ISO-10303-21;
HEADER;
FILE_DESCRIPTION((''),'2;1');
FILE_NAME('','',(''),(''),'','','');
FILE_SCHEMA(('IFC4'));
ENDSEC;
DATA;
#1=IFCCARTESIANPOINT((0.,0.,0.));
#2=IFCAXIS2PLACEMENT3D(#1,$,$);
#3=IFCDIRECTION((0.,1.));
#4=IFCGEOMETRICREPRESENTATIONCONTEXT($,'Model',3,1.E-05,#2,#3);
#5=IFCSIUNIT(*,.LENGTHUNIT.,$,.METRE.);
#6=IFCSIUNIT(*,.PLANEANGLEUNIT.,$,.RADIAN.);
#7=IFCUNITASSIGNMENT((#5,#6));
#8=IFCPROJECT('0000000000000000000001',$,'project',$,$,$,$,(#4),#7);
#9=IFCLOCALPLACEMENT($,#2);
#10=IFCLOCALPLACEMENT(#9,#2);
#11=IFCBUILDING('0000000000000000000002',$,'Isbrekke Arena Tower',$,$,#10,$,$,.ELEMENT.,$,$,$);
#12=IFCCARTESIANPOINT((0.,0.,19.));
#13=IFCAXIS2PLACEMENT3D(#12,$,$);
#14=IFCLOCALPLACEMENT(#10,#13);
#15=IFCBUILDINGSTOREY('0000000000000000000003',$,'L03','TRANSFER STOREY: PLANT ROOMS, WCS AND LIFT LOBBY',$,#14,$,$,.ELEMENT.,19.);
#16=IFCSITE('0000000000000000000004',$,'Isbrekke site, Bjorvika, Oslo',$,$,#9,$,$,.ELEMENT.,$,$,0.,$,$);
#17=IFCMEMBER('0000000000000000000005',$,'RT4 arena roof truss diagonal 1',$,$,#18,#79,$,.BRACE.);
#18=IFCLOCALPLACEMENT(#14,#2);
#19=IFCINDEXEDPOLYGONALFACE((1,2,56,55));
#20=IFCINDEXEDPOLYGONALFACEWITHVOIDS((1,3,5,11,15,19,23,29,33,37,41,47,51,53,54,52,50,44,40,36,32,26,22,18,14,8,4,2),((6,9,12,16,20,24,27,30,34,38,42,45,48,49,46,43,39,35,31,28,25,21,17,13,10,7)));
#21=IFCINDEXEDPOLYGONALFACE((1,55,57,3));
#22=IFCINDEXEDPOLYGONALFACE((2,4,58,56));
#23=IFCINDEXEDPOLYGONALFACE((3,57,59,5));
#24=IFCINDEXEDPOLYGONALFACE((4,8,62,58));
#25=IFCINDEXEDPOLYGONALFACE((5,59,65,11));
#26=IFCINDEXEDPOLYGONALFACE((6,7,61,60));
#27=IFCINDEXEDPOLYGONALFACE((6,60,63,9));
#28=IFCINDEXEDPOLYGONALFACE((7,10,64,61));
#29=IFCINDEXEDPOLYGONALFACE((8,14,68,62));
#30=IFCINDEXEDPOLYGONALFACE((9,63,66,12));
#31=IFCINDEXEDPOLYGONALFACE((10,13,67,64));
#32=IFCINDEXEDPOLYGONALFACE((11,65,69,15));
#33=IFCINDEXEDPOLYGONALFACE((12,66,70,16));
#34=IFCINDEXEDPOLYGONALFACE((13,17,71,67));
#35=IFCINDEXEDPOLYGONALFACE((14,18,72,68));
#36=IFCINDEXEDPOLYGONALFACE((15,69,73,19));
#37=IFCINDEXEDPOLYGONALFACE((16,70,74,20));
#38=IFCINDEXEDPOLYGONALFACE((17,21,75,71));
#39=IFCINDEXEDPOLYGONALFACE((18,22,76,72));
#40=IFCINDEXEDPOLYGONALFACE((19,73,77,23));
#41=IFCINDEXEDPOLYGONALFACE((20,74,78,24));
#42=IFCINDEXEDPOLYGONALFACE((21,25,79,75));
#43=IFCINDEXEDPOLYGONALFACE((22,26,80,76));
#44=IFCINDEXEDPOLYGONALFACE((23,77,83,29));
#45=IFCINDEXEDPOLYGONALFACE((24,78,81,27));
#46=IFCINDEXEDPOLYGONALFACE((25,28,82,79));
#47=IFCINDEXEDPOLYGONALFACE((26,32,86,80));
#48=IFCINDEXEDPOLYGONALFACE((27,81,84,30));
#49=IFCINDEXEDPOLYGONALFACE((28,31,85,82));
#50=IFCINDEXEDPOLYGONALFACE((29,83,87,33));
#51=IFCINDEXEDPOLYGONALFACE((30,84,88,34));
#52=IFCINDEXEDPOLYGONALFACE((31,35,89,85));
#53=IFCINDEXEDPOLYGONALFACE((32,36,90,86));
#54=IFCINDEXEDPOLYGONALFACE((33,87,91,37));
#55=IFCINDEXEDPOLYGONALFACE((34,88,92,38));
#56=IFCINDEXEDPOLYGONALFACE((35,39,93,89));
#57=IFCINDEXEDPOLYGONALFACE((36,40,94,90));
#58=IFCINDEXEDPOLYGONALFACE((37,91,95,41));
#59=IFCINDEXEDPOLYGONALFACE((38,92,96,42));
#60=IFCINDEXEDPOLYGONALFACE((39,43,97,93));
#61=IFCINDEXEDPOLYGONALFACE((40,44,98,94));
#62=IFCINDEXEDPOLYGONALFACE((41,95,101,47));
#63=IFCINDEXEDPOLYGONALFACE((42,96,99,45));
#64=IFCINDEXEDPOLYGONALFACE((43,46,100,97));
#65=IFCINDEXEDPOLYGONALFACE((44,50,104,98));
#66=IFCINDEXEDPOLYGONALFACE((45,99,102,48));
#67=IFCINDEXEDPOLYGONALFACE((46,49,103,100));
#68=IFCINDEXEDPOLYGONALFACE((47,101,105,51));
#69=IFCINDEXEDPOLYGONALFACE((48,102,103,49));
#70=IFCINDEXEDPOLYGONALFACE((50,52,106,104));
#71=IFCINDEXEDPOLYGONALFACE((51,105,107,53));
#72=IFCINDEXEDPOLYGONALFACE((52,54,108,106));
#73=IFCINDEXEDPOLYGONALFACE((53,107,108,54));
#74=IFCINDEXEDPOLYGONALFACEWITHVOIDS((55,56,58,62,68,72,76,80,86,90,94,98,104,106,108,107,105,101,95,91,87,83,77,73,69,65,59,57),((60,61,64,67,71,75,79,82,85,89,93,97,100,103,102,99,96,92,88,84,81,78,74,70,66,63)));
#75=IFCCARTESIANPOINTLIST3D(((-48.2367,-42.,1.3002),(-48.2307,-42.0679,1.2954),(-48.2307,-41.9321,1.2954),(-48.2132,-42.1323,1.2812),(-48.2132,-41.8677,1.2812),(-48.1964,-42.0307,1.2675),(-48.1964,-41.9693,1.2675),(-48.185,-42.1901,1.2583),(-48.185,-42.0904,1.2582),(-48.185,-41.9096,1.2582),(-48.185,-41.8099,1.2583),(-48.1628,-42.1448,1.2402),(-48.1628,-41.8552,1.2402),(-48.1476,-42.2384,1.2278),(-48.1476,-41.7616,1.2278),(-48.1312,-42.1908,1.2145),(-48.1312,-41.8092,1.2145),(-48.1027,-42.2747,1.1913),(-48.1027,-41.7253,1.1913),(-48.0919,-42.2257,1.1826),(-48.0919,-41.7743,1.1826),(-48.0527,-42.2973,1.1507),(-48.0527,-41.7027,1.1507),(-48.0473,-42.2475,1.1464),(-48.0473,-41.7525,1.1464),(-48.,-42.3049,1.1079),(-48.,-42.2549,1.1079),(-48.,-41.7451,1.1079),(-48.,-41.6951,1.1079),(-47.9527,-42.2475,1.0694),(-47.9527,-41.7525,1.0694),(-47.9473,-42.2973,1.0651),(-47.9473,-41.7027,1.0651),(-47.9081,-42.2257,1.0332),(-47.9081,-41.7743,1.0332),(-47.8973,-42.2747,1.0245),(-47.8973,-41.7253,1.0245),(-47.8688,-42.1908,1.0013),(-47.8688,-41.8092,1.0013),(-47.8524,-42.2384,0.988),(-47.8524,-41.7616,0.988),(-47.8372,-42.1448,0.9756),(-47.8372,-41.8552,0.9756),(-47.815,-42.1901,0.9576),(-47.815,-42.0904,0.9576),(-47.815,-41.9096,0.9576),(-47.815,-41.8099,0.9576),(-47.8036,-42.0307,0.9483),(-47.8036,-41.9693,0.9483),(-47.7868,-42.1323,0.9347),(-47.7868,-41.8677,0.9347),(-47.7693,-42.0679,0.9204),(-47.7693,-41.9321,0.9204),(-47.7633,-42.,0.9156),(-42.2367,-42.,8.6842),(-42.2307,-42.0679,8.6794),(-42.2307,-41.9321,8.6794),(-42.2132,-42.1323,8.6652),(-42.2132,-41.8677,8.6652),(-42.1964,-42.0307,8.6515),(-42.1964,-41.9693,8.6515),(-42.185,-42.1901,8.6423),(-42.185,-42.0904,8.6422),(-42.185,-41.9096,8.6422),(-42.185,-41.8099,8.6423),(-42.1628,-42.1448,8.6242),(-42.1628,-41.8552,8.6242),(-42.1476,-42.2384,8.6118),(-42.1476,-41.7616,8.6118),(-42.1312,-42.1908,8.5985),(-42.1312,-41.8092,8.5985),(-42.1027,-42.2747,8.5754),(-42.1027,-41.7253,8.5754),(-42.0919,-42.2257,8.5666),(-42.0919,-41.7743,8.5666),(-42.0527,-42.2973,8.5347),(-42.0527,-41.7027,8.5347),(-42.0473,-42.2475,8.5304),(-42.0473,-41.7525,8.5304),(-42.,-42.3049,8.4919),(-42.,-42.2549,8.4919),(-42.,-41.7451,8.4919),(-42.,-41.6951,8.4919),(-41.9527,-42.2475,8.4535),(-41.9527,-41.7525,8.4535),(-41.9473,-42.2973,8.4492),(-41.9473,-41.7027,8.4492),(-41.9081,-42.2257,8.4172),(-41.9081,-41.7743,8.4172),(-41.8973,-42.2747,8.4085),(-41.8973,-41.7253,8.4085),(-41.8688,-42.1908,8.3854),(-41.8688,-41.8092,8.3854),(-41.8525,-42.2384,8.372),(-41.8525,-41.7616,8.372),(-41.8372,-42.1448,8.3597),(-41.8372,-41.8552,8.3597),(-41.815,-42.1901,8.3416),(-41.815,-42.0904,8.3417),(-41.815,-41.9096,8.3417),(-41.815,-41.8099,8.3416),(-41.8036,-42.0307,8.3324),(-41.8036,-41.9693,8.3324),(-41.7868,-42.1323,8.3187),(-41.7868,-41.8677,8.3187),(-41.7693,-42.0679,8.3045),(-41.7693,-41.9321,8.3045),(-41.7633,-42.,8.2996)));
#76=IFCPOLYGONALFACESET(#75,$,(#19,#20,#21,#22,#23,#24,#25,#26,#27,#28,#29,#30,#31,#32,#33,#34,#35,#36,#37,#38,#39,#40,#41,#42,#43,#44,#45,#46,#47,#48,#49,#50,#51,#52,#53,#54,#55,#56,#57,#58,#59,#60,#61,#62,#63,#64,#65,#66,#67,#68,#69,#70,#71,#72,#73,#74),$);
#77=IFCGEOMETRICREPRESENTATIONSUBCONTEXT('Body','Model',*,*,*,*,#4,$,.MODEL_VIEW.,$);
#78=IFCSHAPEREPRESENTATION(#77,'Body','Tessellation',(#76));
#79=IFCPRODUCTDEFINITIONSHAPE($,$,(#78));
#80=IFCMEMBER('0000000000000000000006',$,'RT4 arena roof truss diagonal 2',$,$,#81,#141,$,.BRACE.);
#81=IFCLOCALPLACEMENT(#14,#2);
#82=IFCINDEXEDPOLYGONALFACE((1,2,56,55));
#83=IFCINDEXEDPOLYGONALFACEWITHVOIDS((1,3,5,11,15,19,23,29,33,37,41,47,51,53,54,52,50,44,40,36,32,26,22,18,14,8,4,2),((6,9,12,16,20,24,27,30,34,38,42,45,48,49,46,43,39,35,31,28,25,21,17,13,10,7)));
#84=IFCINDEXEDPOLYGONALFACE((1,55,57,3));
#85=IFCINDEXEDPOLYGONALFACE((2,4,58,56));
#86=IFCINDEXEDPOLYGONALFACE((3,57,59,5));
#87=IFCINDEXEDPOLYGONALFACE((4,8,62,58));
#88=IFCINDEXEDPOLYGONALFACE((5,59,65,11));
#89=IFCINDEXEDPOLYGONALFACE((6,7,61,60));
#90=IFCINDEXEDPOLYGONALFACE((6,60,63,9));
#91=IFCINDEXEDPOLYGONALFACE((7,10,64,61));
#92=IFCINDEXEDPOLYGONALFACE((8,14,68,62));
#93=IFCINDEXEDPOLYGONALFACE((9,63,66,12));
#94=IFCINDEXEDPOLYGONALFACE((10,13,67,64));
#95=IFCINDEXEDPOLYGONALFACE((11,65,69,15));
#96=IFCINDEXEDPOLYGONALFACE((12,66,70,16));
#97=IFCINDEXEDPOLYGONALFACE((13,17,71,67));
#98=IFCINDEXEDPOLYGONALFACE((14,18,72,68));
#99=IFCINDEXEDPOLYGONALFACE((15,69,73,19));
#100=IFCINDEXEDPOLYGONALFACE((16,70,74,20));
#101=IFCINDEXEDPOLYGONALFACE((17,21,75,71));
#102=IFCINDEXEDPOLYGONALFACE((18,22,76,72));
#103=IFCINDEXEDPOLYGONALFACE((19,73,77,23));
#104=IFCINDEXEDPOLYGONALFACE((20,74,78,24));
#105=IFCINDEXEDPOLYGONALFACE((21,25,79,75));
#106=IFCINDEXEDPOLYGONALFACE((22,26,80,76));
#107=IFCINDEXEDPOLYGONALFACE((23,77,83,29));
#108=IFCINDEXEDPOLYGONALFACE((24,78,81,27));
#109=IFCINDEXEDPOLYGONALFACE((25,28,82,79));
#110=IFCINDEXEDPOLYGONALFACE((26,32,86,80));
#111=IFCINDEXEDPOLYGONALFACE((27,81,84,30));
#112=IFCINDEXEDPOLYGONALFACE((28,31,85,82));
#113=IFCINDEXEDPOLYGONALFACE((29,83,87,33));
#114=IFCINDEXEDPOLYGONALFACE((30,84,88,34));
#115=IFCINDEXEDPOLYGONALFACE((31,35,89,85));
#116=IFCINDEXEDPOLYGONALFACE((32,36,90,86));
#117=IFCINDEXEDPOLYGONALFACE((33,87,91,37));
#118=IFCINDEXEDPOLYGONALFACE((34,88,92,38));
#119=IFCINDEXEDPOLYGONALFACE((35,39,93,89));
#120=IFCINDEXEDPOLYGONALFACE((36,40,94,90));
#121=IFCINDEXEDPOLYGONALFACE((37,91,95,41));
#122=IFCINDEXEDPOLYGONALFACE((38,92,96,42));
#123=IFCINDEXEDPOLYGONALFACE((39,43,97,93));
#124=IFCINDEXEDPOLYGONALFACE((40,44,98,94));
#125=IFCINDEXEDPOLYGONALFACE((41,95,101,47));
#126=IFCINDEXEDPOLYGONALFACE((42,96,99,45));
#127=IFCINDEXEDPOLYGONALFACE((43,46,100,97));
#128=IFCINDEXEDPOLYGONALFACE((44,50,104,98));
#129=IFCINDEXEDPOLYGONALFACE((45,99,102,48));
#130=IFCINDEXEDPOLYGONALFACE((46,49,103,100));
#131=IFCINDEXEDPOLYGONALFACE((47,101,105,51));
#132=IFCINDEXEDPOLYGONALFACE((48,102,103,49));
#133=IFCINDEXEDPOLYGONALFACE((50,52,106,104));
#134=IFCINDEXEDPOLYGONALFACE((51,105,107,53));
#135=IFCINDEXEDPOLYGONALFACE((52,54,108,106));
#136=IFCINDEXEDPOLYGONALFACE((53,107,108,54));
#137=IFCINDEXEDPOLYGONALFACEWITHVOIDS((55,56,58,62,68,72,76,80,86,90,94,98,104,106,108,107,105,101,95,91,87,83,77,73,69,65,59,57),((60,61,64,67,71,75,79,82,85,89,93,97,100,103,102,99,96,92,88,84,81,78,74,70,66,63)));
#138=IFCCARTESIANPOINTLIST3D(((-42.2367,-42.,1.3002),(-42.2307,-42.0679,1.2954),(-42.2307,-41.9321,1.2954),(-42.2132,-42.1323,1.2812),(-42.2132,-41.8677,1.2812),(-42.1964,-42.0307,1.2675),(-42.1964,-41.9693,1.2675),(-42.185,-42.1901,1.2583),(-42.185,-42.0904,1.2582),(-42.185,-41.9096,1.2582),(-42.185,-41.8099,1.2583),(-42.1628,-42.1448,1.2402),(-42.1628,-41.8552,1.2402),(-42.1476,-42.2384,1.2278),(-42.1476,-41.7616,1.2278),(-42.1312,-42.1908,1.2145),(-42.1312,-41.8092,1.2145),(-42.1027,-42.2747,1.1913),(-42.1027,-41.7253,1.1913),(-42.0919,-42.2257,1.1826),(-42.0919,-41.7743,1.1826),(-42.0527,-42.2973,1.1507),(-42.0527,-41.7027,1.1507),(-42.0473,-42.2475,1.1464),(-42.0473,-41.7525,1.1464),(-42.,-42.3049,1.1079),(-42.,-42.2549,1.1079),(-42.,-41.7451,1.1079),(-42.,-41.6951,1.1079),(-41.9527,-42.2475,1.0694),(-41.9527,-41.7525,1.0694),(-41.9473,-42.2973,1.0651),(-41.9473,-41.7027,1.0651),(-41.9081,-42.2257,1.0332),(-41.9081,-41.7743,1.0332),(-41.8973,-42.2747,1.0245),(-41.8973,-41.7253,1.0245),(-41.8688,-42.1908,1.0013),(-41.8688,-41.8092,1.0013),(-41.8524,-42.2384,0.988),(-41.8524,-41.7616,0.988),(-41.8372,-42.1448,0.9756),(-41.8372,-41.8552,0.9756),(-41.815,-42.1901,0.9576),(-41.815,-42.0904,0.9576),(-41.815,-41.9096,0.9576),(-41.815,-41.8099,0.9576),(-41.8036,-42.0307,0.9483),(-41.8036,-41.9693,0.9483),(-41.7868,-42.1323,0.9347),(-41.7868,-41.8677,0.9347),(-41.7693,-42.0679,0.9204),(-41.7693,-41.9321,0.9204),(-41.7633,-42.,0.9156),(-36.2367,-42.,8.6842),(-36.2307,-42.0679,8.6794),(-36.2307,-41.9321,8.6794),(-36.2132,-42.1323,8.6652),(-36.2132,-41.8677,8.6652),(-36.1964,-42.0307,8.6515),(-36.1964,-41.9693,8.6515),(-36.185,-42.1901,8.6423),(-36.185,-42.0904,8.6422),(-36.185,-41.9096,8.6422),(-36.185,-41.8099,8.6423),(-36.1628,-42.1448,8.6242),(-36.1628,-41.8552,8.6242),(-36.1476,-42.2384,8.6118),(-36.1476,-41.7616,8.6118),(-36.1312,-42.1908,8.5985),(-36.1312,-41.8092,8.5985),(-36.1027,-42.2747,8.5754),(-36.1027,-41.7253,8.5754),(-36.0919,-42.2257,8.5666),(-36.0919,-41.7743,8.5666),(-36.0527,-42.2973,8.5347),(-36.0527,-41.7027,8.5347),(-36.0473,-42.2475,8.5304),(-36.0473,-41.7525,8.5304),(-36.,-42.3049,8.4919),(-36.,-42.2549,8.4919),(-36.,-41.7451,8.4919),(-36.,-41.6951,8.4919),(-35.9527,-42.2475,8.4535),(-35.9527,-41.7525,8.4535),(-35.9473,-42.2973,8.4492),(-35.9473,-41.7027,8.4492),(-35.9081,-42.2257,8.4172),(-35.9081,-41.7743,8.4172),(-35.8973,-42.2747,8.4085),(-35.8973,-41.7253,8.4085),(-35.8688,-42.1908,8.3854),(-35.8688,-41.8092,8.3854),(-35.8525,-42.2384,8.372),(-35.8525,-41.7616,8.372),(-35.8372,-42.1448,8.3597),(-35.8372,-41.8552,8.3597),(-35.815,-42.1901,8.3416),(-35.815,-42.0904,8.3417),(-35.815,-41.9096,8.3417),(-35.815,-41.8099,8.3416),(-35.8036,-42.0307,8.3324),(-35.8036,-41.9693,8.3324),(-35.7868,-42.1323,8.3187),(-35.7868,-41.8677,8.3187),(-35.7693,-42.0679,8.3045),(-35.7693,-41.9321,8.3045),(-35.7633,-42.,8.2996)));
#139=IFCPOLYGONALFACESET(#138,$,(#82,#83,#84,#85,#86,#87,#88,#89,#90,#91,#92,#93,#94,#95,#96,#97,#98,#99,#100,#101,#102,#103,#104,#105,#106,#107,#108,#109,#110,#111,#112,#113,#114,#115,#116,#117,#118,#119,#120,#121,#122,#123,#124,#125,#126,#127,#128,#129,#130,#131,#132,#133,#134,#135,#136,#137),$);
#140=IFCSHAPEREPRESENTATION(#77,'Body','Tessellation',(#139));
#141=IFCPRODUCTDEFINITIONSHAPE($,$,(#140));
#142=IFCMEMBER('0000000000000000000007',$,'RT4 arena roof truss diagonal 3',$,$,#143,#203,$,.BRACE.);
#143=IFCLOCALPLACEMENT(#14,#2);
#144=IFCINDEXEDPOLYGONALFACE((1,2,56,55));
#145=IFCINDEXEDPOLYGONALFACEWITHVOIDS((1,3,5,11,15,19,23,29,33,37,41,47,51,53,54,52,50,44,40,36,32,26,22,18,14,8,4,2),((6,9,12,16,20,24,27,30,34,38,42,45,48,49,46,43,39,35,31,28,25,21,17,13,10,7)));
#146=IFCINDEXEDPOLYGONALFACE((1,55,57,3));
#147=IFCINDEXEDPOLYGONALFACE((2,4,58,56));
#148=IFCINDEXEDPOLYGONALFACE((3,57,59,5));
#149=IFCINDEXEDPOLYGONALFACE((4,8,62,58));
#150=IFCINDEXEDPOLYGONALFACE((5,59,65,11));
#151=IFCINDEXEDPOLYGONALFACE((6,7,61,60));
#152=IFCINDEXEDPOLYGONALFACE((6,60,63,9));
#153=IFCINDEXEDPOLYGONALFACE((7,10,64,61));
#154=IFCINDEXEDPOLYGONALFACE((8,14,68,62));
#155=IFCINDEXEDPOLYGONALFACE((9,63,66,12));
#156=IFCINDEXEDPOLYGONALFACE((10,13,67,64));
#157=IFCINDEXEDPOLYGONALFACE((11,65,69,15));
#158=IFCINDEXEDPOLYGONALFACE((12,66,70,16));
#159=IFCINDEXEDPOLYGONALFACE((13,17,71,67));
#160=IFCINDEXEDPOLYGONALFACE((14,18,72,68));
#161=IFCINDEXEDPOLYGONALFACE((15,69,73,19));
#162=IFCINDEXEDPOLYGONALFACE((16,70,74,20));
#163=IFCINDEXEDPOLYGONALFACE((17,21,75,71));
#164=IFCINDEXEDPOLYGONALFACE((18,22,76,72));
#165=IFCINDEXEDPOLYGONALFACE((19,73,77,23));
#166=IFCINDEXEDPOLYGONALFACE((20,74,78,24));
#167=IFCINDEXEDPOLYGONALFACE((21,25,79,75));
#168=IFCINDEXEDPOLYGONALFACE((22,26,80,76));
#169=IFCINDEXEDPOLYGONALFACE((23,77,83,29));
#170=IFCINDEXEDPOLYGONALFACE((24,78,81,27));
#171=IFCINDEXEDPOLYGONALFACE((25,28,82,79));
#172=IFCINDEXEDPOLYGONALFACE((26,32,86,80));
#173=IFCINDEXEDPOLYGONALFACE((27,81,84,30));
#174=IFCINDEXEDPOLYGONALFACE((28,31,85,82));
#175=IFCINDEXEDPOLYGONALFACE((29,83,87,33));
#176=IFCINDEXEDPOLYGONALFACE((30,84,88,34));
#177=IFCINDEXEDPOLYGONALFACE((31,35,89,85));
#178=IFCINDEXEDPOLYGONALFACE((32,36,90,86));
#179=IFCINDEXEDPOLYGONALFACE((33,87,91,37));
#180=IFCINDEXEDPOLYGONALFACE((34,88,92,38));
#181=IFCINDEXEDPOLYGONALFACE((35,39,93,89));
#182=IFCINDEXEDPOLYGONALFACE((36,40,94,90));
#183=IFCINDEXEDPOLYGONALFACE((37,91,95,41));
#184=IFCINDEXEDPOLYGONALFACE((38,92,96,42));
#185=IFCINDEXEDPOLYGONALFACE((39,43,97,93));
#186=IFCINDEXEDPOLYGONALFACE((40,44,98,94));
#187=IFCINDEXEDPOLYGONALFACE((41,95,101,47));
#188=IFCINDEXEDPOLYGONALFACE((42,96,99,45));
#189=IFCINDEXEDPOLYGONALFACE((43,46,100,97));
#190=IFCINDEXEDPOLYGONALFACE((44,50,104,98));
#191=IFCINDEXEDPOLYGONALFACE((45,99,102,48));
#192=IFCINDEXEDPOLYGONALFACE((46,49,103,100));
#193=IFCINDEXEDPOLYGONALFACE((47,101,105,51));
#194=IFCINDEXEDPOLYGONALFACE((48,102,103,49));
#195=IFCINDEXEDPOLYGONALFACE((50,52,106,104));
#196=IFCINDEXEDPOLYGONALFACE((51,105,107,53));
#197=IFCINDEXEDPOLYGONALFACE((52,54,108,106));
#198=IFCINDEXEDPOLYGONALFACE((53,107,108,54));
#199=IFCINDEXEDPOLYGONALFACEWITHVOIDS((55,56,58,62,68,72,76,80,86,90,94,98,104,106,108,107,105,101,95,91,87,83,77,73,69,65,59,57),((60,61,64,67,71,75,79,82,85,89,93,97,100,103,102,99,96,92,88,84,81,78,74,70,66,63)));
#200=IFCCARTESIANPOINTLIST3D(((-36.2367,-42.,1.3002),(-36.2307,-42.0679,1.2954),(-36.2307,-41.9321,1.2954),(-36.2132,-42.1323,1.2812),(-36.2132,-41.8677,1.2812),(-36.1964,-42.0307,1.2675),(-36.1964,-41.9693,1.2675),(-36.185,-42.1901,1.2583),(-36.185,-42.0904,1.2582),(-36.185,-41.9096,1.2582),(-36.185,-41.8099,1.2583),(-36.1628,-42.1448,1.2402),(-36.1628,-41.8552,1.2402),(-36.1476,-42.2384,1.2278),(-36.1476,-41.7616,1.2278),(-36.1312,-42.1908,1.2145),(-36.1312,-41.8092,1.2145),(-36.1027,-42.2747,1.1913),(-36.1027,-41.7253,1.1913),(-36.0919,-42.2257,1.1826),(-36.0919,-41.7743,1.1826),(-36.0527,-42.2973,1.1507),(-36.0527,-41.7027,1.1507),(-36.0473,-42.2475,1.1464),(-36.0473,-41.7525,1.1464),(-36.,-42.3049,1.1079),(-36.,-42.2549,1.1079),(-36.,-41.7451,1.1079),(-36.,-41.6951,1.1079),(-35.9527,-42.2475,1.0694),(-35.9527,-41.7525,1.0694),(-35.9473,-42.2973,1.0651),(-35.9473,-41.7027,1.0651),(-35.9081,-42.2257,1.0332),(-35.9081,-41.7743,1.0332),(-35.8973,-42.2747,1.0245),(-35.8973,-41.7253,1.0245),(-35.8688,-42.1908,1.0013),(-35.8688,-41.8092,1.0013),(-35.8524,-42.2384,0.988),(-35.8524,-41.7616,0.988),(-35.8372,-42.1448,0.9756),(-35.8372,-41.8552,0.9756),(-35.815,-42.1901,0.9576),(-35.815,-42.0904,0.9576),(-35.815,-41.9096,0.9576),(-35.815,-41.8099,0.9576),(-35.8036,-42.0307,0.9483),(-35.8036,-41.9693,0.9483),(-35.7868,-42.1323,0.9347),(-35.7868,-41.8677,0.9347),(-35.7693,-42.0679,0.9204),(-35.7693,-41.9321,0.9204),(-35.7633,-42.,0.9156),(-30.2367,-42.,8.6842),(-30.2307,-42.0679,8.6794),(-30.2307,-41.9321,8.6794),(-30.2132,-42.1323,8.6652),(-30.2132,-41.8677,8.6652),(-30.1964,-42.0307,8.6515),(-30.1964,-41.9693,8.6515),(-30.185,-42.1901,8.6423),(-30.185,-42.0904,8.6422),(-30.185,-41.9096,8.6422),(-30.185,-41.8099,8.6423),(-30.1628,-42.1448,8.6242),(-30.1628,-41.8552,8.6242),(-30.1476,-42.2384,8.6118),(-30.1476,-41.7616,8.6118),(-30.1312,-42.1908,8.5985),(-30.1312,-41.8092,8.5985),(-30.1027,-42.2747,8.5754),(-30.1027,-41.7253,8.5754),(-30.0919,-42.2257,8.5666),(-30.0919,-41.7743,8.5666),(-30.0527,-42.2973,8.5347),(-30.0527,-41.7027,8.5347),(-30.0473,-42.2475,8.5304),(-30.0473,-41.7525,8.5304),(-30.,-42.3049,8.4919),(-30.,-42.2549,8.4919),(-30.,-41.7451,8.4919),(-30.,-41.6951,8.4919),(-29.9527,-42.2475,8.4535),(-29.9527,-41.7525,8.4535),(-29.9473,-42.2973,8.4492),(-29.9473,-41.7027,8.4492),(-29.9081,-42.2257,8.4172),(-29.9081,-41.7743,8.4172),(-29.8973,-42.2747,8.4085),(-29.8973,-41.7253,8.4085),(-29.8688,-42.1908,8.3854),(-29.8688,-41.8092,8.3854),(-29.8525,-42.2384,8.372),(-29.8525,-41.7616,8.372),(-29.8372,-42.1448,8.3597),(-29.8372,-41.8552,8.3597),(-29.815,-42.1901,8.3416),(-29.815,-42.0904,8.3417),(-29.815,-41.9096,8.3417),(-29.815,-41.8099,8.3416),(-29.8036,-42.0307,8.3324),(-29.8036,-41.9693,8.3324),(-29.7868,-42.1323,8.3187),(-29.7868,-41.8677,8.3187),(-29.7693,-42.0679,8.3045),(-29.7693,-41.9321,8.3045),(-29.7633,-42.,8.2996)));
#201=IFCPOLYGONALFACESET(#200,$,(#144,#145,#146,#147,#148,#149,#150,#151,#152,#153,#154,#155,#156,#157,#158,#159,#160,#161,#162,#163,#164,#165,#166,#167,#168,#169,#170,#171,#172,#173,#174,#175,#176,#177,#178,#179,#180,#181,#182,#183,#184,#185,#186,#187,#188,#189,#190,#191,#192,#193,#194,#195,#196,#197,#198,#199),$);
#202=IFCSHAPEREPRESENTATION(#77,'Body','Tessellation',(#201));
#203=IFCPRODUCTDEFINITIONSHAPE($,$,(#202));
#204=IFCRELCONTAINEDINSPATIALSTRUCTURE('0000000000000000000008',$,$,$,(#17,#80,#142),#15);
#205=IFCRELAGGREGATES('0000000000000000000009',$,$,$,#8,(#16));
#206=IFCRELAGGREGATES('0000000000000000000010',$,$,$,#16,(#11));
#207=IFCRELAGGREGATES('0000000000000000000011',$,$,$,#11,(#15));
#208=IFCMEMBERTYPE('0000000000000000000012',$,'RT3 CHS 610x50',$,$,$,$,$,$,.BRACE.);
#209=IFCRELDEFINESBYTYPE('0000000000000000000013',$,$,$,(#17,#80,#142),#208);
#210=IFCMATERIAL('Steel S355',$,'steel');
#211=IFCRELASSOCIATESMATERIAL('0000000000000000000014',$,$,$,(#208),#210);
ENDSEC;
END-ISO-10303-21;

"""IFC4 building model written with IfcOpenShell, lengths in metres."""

from ifc_helpers import new_model, si_unit, direction, frame, origin, origin_2d, place, context, subcontext, project, spatial, hollow_circle, extrude, material, material_profile, profile_set, type_object, element, save


model = new_model("IFC4")

# Units and contexts
model_context = context("Model", 3, precision=1e-05, world=origin(), true_north=direction((0.0, 1.0)))
body_context = subcontext(model_context, "Body", "Model", "MODEL_VIEW")
ifc_project = project(units=[si_unit("LENGTHUNIT", "METRE"), si_unit("PLANEANGLEUNIT", "RADIAN")], contexts=[model_context])

# Site, building, storey
site_placement = place(None, origin())
site = spatial("IfcSite", under=ifc_project, at=site_placement, Name="Isbrekke site, Bjorvika, Oslo", CompositionType="ELEMENT", RefElevation=0.0)
building_placement = place(site_placement, origin())
building = spatial("IfcBuilding", under=site, at=building_placement, Name="Isbrekke Arena Tower", CompositionType="ELEMENT")
storey_placement = place(building_placement, frame((0.0, 0.0, 19.0)))
storey = spatial("IfcBuildingStorey", under=building, at=storey_placement, Name="L03", Description="TRANSFER STOREY: PLANT ROOMS, WCS AND LIFT LOBBY", CompositionType="ELEMENT", Elevation=19.0)

# Members
ifc_material_1 = material(Name="Steel S355", Category="steel")
ifc_material_profile_1 = material_profile(ifc_material_1, hollow_circle(Radius=0.3049, WallThickness=0.05, at=origin_2d()), Name="CHS 610x50")
ifc_profile_set_1 = profile_set([ifc_material_profile_1], Name="Steel S355")
member_type_1 = type_object("IfcMemberType", Name="RT3 CHS 610x50", PredefinedType="BRACE", material=ifc_profile_set_1)
for number, where, z_axis, x_axis, name in (
    (1, (-48.0, -42.0, 1.1079), (0.630623, 0.0, 0.77609), (0.0, 1.0, 0.0), "RT4 arena roof truss diagonal 1"),
    (2, (-42.0, -42.0, 1.1079), (0.630623, 0.0, 0.77609), (0.0, 1.0, 0.0), "RT4 arena roof truss diagonal 2"),
    (3, (-36.0, -42.0, 1.1079), (0.630623, 0.0, 0.77609), (0.0, 1.0, 0.0), "RT4 arena roof truss diagonal 3"),
):
    element("IfcMember", number, at=place(storey_placement, frame(where, z_axis=z_axis, x_axis=x_axis)), inside=storey, type_object=member_type_1, Name=name, PredefinedType="BRACE", context=body_context, shape_type="SweptSolid", body=[
        extrude(hollow_circle(Radius=0.3049, WallThickness=0.05, at=origin_2d()), origin(), (0.0, 0.0, 1.0), 9.5144),
    ])

save(model, "model.ifc")
